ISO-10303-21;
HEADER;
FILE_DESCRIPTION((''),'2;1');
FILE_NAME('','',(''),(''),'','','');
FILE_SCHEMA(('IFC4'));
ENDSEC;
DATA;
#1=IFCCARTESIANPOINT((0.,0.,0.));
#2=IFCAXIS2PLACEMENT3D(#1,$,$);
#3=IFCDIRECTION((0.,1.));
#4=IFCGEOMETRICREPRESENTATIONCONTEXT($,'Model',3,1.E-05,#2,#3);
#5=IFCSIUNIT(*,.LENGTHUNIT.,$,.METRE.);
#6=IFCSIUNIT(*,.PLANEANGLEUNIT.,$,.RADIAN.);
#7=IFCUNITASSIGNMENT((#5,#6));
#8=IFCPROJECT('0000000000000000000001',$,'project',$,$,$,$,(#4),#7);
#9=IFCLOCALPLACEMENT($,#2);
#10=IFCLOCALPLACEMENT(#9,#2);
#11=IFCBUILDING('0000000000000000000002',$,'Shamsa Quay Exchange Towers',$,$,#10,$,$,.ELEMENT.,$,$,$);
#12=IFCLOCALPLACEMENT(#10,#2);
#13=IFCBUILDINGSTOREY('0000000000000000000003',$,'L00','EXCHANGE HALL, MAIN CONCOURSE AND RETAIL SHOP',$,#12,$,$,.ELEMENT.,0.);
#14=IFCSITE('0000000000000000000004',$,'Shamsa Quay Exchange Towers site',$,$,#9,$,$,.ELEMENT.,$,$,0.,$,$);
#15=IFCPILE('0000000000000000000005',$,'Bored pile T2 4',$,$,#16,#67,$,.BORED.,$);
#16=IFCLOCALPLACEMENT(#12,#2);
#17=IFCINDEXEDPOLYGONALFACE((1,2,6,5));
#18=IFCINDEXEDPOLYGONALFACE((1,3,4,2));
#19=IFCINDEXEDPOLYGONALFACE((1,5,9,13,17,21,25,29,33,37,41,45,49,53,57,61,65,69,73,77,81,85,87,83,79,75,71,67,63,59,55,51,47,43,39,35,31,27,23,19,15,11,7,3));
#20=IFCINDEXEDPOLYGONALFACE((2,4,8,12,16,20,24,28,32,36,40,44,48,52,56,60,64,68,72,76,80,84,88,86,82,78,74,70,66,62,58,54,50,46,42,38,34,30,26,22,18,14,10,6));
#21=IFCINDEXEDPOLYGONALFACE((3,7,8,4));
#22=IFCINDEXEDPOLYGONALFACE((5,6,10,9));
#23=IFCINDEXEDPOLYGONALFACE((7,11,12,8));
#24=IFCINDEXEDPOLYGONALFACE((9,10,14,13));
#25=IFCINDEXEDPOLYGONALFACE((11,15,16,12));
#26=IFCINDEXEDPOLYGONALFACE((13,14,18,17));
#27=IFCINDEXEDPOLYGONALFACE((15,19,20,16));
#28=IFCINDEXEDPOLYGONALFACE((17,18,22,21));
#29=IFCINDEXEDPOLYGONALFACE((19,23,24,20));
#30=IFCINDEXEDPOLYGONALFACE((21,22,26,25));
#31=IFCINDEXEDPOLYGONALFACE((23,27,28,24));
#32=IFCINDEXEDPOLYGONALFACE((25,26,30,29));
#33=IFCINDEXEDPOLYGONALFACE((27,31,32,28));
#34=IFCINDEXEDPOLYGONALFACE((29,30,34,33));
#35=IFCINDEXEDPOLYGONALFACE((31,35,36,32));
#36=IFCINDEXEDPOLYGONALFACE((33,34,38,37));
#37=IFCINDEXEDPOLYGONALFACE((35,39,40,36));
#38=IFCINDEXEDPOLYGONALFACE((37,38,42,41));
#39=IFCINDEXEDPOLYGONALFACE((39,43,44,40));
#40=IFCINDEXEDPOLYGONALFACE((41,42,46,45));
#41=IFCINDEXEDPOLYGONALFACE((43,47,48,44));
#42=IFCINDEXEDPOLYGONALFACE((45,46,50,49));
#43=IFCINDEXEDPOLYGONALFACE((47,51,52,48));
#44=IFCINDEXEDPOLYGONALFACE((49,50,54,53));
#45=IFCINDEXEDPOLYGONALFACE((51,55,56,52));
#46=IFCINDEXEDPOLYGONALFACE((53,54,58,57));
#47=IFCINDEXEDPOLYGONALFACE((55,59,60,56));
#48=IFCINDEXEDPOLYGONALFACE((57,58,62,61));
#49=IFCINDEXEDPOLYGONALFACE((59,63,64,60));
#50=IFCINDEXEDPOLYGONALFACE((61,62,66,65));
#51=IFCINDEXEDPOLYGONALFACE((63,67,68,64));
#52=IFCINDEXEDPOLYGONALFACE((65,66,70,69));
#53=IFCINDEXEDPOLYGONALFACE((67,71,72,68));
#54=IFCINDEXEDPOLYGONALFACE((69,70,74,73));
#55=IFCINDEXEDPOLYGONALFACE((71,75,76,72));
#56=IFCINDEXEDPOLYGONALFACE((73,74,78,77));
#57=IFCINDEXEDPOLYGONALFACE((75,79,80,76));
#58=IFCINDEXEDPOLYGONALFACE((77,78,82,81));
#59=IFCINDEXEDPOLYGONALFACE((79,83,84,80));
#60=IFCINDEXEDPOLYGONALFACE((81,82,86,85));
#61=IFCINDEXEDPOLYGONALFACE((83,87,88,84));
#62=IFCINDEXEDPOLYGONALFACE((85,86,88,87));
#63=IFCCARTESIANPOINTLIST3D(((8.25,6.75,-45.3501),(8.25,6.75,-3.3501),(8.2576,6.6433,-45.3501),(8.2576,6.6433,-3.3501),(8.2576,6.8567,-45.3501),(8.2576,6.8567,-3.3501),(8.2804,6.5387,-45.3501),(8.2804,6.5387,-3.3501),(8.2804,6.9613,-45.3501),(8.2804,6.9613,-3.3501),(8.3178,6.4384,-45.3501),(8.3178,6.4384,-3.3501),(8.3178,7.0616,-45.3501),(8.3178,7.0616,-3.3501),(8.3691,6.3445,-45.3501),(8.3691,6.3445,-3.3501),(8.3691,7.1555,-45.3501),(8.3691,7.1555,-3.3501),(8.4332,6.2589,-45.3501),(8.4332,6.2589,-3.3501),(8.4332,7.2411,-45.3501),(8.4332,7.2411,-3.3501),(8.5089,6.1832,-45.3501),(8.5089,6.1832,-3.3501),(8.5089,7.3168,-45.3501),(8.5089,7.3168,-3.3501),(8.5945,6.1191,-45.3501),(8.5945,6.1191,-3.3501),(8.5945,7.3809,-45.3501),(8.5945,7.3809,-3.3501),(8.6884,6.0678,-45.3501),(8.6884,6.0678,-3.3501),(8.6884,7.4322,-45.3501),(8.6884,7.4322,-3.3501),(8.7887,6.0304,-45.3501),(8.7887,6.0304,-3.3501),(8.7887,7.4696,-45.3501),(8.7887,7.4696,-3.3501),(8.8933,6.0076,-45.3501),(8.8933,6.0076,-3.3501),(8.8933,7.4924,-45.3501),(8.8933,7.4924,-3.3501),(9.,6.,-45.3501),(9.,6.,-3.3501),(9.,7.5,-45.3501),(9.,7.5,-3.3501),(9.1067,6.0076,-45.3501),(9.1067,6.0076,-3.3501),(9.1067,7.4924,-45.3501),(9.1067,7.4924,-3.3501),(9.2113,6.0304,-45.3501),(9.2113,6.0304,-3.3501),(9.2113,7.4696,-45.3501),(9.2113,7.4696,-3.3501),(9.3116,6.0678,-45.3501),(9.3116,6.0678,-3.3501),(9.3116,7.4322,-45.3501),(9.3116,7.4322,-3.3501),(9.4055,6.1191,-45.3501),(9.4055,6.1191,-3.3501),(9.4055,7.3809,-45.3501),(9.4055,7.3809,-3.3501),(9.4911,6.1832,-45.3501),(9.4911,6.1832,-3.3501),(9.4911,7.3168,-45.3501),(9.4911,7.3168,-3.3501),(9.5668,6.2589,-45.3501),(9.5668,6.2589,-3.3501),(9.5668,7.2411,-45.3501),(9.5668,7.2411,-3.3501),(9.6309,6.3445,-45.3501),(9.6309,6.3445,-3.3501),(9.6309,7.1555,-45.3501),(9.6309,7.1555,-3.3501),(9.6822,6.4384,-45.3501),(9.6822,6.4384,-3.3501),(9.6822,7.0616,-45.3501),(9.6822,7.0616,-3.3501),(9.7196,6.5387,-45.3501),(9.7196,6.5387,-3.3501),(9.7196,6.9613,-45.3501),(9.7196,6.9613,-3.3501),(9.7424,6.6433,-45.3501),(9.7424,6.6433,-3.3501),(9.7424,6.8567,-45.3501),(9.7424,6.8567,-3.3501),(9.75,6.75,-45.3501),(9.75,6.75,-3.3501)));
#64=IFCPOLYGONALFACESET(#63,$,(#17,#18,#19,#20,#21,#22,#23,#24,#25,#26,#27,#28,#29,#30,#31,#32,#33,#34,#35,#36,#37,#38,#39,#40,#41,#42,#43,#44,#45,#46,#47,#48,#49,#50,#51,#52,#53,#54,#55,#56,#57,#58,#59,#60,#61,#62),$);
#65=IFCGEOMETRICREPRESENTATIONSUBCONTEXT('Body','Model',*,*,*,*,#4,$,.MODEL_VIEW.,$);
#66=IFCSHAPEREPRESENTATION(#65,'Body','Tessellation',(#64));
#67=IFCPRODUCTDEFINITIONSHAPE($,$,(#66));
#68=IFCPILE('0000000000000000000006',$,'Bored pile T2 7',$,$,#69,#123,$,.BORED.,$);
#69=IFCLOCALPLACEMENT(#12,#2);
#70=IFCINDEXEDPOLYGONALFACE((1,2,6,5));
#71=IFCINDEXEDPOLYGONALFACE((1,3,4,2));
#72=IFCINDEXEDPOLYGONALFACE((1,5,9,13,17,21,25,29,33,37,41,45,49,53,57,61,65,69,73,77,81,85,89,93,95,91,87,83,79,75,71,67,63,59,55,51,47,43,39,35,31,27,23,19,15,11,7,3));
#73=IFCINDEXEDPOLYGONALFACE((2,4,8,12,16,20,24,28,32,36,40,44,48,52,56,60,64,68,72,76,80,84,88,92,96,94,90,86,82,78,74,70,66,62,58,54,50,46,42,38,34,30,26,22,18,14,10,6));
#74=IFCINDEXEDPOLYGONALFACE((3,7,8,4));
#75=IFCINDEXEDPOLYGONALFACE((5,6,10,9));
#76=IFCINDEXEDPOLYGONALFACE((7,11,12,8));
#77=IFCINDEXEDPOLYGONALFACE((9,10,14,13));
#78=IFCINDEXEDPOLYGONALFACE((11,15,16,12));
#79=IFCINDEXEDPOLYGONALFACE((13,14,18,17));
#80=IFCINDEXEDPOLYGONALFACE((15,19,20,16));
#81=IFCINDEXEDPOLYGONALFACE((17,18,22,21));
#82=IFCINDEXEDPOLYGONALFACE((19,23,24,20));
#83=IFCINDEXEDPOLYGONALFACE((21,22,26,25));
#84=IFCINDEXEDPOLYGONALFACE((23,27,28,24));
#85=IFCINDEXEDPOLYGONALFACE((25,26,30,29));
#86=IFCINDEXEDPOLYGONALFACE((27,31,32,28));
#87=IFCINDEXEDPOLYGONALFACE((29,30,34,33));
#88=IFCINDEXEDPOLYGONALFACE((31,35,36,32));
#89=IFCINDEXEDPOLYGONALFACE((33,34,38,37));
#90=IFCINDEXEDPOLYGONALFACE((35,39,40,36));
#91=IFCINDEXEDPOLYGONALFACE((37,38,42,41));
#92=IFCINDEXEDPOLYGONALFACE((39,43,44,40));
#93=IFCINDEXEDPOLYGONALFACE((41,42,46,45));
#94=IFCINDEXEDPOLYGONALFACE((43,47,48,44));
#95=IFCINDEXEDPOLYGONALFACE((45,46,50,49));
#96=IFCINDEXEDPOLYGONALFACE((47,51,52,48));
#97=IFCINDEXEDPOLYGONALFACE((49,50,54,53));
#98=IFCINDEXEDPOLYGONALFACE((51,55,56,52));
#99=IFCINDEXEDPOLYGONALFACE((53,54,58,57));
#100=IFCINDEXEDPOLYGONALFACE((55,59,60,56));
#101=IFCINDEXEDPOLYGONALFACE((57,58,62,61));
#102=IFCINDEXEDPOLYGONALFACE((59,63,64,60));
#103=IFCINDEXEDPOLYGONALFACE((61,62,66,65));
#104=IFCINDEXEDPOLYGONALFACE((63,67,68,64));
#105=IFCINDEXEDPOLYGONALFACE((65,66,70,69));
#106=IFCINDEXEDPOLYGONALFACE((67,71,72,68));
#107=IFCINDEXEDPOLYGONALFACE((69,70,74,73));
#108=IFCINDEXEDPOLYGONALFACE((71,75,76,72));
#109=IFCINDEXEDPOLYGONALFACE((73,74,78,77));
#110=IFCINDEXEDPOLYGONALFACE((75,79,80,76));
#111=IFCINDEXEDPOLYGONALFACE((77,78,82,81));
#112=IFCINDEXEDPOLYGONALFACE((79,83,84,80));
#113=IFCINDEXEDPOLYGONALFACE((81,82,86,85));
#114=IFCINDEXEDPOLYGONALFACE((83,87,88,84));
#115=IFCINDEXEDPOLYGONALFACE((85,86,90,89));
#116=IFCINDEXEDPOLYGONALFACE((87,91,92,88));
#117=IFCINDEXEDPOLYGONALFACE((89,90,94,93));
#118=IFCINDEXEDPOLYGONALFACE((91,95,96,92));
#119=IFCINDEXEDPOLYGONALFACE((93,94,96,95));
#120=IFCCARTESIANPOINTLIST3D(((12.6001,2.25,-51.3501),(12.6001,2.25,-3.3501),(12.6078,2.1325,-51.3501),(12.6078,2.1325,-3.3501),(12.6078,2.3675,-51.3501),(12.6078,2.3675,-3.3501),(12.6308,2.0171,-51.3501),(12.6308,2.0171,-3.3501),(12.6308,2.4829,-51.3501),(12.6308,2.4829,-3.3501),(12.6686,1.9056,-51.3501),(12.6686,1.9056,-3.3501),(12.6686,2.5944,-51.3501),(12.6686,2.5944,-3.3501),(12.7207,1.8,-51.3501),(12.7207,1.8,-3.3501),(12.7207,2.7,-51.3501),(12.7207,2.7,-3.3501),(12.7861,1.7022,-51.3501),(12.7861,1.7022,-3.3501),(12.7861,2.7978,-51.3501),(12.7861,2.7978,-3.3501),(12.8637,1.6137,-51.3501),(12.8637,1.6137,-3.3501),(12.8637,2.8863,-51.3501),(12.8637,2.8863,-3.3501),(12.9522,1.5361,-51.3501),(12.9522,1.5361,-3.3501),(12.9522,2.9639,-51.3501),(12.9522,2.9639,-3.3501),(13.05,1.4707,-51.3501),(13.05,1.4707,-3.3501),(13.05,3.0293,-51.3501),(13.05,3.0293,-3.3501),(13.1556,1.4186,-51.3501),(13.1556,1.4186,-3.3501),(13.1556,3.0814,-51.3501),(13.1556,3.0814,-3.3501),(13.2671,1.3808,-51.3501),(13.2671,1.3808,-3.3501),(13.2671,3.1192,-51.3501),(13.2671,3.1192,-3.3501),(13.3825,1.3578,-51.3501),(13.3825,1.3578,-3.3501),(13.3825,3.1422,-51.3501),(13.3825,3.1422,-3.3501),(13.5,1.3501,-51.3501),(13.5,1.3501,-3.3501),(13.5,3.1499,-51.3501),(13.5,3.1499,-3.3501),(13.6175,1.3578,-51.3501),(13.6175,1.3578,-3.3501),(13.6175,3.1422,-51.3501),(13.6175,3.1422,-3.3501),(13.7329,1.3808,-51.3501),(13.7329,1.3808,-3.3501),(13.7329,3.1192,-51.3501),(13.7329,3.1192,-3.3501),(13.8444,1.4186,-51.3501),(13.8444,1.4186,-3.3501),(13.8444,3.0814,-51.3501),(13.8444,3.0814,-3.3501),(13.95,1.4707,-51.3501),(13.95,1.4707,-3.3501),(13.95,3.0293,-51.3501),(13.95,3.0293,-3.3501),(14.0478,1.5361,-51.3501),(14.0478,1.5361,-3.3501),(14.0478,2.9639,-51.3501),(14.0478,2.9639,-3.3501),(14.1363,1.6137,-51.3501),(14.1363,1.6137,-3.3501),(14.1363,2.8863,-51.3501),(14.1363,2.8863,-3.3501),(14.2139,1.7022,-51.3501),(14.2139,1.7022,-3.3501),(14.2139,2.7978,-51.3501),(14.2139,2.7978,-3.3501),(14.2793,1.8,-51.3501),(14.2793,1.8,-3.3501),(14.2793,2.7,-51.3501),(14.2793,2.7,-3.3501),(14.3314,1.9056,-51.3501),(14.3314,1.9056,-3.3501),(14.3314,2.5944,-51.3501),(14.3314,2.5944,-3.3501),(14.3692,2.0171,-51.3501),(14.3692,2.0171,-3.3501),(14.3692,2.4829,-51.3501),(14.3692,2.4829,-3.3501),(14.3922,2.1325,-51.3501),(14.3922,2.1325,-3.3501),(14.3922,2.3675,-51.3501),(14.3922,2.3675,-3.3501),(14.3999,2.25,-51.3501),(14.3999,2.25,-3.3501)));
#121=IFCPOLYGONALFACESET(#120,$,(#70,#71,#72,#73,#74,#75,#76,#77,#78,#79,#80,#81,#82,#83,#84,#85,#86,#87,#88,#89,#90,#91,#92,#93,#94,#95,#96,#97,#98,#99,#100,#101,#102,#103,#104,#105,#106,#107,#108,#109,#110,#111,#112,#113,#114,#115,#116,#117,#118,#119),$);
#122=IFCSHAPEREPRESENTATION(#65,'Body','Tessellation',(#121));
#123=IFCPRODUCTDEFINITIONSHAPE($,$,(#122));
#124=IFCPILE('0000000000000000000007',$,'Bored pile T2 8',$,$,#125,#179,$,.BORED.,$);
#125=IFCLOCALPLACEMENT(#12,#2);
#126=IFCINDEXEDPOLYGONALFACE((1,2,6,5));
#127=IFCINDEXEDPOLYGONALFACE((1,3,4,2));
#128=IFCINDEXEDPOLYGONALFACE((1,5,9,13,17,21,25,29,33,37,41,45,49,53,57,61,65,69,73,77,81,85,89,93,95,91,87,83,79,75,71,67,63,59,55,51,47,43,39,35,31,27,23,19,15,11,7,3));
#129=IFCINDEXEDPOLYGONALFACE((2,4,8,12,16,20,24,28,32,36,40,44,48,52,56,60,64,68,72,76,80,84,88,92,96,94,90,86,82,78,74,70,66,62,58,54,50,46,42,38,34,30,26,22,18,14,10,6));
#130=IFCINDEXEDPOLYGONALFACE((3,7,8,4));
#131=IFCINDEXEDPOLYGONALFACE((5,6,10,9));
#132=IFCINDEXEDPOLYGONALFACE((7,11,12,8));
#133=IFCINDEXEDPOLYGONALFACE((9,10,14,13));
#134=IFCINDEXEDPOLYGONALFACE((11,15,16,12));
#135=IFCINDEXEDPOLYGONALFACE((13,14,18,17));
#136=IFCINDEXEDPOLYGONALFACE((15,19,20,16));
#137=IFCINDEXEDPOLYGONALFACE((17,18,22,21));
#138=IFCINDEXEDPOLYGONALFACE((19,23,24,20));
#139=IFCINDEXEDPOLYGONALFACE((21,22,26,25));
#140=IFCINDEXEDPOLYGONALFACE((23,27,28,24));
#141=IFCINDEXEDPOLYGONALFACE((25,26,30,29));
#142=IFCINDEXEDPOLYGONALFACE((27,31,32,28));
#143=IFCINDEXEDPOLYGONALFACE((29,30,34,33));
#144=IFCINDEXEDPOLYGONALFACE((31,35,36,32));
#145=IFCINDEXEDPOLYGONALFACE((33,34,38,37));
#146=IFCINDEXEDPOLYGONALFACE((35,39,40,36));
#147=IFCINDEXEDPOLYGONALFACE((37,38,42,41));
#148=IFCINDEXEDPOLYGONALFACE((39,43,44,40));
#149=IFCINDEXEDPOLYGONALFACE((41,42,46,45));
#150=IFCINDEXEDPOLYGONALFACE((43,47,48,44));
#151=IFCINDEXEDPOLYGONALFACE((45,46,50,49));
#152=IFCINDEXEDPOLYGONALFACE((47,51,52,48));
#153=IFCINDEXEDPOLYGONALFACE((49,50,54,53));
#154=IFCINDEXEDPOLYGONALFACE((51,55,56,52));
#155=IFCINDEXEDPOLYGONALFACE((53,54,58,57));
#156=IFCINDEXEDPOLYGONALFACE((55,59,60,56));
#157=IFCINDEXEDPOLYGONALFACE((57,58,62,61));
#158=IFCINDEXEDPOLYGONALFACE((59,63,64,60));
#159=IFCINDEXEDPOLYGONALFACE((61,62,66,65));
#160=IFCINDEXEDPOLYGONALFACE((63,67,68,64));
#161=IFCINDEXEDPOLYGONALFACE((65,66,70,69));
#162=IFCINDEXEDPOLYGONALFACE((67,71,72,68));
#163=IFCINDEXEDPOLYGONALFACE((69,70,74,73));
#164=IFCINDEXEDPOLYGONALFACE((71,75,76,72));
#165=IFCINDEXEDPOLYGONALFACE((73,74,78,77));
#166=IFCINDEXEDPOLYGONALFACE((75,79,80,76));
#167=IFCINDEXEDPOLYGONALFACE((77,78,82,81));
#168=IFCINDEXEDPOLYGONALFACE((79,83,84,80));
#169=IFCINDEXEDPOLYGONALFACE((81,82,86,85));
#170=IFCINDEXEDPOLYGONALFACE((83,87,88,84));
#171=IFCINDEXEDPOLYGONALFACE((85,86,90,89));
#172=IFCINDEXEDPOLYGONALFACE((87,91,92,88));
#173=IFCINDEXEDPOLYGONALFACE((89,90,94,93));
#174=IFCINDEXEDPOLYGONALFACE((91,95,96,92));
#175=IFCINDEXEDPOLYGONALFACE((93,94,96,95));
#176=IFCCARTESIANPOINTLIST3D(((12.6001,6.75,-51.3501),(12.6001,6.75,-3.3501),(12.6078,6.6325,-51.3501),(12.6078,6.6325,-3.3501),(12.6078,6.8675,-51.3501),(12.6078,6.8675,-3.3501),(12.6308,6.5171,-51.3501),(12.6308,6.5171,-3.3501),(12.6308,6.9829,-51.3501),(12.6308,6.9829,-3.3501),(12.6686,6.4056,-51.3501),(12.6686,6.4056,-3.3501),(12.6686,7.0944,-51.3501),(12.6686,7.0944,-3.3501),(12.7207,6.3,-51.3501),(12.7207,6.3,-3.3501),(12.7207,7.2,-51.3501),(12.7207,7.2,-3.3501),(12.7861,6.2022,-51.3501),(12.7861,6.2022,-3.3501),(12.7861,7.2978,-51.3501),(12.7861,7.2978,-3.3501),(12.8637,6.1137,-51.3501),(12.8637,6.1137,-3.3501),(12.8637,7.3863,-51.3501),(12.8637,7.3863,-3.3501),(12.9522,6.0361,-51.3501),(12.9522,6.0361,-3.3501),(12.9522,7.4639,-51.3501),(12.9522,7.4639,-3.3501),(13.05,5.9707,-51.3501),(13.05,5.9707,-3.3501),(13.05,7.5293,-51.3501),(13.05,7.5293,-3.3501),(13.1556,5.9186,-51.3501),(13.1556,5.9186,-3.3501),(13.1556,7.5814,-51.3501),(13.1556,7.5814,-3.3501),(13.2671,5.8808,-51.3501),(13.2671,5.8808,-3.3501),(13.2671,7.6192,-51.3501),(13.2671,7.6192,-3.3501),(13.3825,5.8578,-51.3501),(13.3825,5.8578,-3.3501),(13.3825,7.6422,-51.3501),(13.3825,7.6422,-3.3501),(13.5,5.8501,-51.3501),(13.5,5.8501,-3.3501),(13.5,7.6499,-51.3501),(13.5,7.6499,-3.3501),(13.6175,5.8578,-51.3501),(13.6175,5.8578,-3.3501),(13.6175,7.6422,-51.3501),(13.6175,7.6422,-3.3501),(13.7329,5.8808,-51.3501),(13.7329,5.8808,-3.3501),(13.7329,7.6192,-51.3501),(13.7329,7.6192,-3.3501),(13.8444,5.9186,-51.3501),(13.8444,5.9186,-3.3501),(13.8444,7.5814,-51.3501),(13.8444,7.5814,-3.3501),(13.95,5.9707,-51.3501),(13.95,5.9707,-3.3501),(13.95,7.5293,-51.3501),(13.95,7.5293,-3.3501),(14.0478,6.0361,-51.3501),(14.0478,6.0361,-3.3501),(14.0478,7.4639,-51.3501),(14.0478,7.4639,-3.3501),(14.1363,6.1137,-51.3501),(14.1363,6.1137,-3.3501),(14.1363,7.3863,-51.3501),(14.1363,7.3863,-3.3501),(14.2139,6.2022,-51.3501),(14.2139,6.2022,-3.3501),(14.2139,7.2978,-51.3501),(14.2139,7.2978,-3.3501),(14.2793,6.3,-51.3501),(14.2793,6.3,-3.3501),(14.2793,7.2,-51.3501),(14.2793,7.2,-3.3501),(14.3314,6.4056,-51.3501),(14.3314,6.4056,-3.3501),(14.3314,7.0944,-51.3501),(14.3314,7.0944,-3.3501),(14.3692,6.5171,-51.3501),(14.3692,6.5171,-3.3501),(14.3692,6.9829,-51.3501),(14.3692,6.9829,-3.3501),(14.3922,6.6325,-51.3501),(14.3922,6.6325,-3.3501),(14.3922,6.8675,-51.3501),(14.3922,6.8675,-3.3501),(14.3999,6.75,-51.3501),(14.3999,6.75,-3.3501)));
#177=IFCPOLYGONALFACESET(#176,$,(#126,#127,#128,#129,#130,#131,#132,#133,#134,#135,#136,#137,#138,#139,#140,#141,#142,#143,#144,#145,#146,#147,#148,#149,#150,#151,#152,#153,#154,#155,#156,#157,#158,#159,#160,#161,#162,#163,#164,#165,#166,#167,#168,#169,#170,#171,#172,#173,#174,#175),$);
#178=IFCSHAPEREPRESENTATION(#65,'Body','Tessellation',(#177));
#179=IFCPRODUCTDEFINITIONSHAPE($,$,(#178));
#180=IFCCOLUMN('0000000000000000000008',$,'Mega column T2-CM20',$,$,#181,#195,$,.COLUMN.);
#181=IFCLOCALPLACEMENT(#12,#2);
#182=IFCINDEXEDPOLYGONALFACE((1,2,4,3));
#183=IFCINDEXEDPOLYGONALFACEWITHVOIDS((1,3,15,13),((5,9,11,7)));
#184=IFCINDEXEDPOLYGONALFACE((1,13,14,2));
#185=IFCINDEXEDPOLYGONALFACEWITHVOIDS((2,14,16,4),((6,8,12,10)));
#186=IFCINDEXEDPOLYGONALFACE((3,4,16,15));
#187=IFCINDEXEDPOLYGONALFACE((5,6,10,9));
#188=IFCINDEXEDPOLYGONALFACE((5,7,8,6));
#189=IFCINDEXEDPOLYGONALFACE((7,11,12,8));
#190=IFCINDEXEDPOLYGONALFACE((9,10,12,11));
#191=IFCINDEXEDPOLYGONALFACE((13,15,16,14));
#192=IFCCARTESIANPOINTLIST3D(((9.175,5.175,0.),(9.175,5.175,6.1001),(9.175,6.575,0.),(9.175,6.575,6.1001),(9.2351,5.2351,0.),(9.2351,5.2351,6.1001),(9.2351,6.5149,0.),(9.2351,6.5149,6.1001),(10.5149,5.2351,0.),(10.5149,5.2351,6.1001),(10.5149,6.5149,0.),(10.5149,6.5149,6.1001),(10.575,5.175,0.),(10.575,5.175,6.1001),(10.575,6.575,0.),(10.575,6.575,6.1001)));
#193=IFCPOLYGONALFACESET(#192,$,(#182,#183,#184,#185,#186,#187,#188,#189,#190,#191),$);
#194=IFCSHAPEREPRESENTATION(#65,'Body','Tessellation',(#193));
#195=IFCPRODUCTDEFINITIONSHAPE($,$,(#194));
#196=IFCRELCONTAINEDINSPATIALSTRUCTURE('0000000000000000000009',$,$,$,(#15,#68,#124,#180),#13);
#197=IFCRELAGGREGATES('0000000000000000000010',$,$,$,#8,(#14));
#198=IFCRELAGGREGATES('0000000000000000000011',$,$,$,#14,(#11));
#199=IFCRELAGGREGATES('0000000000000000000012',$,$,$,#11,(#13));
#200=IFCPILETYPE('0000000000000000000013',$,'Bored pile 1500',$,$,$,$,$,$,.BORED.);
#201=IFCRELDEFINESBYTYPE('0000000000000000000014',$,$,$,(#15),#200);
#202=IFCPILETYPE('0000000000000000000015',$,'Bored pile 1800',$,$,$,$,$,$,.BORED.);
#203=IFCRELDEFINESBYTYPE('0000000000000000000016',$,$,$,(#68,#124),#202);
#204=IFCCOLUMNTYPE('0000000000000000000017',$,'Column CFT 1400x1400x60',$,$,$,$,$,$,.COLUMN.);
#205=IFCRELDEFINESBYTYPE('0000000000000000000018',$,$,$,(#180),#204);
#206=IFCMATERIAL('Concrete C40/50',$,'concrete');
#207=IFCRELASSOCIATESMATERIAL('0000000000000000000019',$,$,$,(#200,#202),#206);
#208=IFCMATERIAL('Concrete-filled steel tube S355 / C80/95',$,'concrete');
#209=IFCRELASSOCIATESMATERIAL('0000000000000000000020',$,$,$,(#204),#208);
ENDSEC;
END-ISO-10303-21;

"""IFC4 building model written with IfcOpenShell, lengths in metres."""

from ifc_helpers import new_model, si_unit, direction, frame, origin, origin_2d, place, context, subcontext, project, spatial, hollow_rectangle, circle, extrude, material, material_profile, profile_set, type_object, element, save


model = new_model("IFC4")

# Units and contexts
model_context = context("Model", 3, precision=1e-05, world=origin(), true_north=direction((0.0, 1.0)))
body_context = subcontext(model_context, "Body", "Model", "MODEL_VIEW")
ifc_project = project(units=[si_unit("LENGTHUNIT", "METRE"), si_unit("PLANEANGLEUNIT", "RADIAN")], contexts=[model_context])

# Site, building, storey
site_placement = place(None, origin())
site = spatial("IfcSite", under=ifc_project, at=site_placement, Name="Shamsa Quay Exchange Towers site", CompositionType="ELEMENT", RefElevation=0.0)
building_placement = place(site_placement, origin())
building = spatial("IfcBuilding", under=site, at=building_placement, Name="Shamsa Quay Exchange Towers", CompositionType="ELEMENT")
storey_placement = place(building_placement, origin())
storey = spatial("IfcBuildingStorey", under=building, at=storey_placement, Name="L00", Description="EXCHANGE HALL, MAIN CONCOURSE AND RETAIL SHOP", CompositionType="ELEMENT", Elevation=0.0)

# Piles
ifc_material_1 = material(Name="Concrete C40/50", Category="concrete")
ifc_material_profile_1 = material_profile(ifc_material_1, circle(Radius=0.75, at=origin_2d()), Name="BP1500")
ifc_profile_set_1 = profile_set([ifc_material_profile_1], Name="Concrete C40/50")
pile_type_1 = type_object("IfcPileType", Name="Bored pile 1500", PredefinedType="BORED", material=ifc_profile_set_1)
for number, where, z_axis, x_axis, name in (
    (1, (9.0, 6.75, -3.3501), (0.0, 0.0, -1.0), (1.0, 0.0, 0.0), "Bored pile T2 4"),
):
    element("IfcPile", number, at=place(storey_placement, frame(where, z_axis=z_axis, x_axis=x_axis)), inside=storey, type_object=pile_type_1, Name=name, PredefinedType="BORED", context=body_context, shape_type="SweptSolid", body=[
        extrude(circle(Radius=0.75, at=origin_2d()), origin(), (0.0, 0.0, 1.0), 42.0),
    ])
ifc_material_profile_2 = material_profile(ifc_material_1, circle(Radius=0.8999, at=origin_2d()), Name="BP1800")
ifc_profile_set_2 = profile_set([ifc_material_profile_2], Name="Concrete C40/50")
pile_type_2 = type_object("IfcPileType", Name="Bored pile 1800", PredefinedType="BORED", material=ifc_profile_set_2)
for number, where, z_axis, x_axis, name in (
    (2, (13.5, 2.25, -3.3501), (0.0, 0.0, -1.0), (1.0, 0.0, 0.0), "Bored pile T2 7"),
    (3, (13.5, 6.75, -3.3501), (0.0, 0.0, -1.0), (1.0, 0.0, 0.0), "Bored pile T2 8"),
):
    element("IfcPile", number, at=place(storey_placement, frame(where, z_axis=z_axis, x_axis=x_axis)), inside=storey, type_object=pile_type_2, Name=name, PredefinedType="BORED", context=body_context, shape_type="SweptSolid", body=[
        extrude(circle(Radius=0.8999, at=origin_2d()), origin(), (0.0, 0.0, 1.0), 48.0),
    ])

# Column
ifc_material_2 = material(Name="Concrete-filled steel tube S355 / C80/95", Category="concrete")
ifc_material_profile_3 = material_profile(ifc_material_2, hollow_rectangle(XDim=1.3999, YDim=1.3999, WallThickness=0.0601, at=origin_2d()), Name="CFT 1400x1400x60")
ifc_profile_set_3 = profile_set([ifc_material_profile_3], Name="Concrete-filled steel tube S355 / C80/95")
column_type_1 = type_object("IfcColumnType", Name="Column CFT 1400x1400x60", PredefinedType="COLUMN", material=ifc_profile_set_3)
column_1_placement = place(storey_placement, frame((9.875, 5.875, 0.0)))
element("IfcColumn", 4, at=column_1_placement, inside=storey, type_object=column_type_1, Name="Mega column T2-CM20", PredefinedType="COLUMN", context=body_context, shape_type="SweptSolid", body=[
    extrude(hollow_rectangle(XDim=1.3999, YDim=1.3999, WallThickness=0.0601, at=origin_2d()), origin(), (0.0, 0.0, 1.0), 6.1001),
])

save(model, "model.ifc")
